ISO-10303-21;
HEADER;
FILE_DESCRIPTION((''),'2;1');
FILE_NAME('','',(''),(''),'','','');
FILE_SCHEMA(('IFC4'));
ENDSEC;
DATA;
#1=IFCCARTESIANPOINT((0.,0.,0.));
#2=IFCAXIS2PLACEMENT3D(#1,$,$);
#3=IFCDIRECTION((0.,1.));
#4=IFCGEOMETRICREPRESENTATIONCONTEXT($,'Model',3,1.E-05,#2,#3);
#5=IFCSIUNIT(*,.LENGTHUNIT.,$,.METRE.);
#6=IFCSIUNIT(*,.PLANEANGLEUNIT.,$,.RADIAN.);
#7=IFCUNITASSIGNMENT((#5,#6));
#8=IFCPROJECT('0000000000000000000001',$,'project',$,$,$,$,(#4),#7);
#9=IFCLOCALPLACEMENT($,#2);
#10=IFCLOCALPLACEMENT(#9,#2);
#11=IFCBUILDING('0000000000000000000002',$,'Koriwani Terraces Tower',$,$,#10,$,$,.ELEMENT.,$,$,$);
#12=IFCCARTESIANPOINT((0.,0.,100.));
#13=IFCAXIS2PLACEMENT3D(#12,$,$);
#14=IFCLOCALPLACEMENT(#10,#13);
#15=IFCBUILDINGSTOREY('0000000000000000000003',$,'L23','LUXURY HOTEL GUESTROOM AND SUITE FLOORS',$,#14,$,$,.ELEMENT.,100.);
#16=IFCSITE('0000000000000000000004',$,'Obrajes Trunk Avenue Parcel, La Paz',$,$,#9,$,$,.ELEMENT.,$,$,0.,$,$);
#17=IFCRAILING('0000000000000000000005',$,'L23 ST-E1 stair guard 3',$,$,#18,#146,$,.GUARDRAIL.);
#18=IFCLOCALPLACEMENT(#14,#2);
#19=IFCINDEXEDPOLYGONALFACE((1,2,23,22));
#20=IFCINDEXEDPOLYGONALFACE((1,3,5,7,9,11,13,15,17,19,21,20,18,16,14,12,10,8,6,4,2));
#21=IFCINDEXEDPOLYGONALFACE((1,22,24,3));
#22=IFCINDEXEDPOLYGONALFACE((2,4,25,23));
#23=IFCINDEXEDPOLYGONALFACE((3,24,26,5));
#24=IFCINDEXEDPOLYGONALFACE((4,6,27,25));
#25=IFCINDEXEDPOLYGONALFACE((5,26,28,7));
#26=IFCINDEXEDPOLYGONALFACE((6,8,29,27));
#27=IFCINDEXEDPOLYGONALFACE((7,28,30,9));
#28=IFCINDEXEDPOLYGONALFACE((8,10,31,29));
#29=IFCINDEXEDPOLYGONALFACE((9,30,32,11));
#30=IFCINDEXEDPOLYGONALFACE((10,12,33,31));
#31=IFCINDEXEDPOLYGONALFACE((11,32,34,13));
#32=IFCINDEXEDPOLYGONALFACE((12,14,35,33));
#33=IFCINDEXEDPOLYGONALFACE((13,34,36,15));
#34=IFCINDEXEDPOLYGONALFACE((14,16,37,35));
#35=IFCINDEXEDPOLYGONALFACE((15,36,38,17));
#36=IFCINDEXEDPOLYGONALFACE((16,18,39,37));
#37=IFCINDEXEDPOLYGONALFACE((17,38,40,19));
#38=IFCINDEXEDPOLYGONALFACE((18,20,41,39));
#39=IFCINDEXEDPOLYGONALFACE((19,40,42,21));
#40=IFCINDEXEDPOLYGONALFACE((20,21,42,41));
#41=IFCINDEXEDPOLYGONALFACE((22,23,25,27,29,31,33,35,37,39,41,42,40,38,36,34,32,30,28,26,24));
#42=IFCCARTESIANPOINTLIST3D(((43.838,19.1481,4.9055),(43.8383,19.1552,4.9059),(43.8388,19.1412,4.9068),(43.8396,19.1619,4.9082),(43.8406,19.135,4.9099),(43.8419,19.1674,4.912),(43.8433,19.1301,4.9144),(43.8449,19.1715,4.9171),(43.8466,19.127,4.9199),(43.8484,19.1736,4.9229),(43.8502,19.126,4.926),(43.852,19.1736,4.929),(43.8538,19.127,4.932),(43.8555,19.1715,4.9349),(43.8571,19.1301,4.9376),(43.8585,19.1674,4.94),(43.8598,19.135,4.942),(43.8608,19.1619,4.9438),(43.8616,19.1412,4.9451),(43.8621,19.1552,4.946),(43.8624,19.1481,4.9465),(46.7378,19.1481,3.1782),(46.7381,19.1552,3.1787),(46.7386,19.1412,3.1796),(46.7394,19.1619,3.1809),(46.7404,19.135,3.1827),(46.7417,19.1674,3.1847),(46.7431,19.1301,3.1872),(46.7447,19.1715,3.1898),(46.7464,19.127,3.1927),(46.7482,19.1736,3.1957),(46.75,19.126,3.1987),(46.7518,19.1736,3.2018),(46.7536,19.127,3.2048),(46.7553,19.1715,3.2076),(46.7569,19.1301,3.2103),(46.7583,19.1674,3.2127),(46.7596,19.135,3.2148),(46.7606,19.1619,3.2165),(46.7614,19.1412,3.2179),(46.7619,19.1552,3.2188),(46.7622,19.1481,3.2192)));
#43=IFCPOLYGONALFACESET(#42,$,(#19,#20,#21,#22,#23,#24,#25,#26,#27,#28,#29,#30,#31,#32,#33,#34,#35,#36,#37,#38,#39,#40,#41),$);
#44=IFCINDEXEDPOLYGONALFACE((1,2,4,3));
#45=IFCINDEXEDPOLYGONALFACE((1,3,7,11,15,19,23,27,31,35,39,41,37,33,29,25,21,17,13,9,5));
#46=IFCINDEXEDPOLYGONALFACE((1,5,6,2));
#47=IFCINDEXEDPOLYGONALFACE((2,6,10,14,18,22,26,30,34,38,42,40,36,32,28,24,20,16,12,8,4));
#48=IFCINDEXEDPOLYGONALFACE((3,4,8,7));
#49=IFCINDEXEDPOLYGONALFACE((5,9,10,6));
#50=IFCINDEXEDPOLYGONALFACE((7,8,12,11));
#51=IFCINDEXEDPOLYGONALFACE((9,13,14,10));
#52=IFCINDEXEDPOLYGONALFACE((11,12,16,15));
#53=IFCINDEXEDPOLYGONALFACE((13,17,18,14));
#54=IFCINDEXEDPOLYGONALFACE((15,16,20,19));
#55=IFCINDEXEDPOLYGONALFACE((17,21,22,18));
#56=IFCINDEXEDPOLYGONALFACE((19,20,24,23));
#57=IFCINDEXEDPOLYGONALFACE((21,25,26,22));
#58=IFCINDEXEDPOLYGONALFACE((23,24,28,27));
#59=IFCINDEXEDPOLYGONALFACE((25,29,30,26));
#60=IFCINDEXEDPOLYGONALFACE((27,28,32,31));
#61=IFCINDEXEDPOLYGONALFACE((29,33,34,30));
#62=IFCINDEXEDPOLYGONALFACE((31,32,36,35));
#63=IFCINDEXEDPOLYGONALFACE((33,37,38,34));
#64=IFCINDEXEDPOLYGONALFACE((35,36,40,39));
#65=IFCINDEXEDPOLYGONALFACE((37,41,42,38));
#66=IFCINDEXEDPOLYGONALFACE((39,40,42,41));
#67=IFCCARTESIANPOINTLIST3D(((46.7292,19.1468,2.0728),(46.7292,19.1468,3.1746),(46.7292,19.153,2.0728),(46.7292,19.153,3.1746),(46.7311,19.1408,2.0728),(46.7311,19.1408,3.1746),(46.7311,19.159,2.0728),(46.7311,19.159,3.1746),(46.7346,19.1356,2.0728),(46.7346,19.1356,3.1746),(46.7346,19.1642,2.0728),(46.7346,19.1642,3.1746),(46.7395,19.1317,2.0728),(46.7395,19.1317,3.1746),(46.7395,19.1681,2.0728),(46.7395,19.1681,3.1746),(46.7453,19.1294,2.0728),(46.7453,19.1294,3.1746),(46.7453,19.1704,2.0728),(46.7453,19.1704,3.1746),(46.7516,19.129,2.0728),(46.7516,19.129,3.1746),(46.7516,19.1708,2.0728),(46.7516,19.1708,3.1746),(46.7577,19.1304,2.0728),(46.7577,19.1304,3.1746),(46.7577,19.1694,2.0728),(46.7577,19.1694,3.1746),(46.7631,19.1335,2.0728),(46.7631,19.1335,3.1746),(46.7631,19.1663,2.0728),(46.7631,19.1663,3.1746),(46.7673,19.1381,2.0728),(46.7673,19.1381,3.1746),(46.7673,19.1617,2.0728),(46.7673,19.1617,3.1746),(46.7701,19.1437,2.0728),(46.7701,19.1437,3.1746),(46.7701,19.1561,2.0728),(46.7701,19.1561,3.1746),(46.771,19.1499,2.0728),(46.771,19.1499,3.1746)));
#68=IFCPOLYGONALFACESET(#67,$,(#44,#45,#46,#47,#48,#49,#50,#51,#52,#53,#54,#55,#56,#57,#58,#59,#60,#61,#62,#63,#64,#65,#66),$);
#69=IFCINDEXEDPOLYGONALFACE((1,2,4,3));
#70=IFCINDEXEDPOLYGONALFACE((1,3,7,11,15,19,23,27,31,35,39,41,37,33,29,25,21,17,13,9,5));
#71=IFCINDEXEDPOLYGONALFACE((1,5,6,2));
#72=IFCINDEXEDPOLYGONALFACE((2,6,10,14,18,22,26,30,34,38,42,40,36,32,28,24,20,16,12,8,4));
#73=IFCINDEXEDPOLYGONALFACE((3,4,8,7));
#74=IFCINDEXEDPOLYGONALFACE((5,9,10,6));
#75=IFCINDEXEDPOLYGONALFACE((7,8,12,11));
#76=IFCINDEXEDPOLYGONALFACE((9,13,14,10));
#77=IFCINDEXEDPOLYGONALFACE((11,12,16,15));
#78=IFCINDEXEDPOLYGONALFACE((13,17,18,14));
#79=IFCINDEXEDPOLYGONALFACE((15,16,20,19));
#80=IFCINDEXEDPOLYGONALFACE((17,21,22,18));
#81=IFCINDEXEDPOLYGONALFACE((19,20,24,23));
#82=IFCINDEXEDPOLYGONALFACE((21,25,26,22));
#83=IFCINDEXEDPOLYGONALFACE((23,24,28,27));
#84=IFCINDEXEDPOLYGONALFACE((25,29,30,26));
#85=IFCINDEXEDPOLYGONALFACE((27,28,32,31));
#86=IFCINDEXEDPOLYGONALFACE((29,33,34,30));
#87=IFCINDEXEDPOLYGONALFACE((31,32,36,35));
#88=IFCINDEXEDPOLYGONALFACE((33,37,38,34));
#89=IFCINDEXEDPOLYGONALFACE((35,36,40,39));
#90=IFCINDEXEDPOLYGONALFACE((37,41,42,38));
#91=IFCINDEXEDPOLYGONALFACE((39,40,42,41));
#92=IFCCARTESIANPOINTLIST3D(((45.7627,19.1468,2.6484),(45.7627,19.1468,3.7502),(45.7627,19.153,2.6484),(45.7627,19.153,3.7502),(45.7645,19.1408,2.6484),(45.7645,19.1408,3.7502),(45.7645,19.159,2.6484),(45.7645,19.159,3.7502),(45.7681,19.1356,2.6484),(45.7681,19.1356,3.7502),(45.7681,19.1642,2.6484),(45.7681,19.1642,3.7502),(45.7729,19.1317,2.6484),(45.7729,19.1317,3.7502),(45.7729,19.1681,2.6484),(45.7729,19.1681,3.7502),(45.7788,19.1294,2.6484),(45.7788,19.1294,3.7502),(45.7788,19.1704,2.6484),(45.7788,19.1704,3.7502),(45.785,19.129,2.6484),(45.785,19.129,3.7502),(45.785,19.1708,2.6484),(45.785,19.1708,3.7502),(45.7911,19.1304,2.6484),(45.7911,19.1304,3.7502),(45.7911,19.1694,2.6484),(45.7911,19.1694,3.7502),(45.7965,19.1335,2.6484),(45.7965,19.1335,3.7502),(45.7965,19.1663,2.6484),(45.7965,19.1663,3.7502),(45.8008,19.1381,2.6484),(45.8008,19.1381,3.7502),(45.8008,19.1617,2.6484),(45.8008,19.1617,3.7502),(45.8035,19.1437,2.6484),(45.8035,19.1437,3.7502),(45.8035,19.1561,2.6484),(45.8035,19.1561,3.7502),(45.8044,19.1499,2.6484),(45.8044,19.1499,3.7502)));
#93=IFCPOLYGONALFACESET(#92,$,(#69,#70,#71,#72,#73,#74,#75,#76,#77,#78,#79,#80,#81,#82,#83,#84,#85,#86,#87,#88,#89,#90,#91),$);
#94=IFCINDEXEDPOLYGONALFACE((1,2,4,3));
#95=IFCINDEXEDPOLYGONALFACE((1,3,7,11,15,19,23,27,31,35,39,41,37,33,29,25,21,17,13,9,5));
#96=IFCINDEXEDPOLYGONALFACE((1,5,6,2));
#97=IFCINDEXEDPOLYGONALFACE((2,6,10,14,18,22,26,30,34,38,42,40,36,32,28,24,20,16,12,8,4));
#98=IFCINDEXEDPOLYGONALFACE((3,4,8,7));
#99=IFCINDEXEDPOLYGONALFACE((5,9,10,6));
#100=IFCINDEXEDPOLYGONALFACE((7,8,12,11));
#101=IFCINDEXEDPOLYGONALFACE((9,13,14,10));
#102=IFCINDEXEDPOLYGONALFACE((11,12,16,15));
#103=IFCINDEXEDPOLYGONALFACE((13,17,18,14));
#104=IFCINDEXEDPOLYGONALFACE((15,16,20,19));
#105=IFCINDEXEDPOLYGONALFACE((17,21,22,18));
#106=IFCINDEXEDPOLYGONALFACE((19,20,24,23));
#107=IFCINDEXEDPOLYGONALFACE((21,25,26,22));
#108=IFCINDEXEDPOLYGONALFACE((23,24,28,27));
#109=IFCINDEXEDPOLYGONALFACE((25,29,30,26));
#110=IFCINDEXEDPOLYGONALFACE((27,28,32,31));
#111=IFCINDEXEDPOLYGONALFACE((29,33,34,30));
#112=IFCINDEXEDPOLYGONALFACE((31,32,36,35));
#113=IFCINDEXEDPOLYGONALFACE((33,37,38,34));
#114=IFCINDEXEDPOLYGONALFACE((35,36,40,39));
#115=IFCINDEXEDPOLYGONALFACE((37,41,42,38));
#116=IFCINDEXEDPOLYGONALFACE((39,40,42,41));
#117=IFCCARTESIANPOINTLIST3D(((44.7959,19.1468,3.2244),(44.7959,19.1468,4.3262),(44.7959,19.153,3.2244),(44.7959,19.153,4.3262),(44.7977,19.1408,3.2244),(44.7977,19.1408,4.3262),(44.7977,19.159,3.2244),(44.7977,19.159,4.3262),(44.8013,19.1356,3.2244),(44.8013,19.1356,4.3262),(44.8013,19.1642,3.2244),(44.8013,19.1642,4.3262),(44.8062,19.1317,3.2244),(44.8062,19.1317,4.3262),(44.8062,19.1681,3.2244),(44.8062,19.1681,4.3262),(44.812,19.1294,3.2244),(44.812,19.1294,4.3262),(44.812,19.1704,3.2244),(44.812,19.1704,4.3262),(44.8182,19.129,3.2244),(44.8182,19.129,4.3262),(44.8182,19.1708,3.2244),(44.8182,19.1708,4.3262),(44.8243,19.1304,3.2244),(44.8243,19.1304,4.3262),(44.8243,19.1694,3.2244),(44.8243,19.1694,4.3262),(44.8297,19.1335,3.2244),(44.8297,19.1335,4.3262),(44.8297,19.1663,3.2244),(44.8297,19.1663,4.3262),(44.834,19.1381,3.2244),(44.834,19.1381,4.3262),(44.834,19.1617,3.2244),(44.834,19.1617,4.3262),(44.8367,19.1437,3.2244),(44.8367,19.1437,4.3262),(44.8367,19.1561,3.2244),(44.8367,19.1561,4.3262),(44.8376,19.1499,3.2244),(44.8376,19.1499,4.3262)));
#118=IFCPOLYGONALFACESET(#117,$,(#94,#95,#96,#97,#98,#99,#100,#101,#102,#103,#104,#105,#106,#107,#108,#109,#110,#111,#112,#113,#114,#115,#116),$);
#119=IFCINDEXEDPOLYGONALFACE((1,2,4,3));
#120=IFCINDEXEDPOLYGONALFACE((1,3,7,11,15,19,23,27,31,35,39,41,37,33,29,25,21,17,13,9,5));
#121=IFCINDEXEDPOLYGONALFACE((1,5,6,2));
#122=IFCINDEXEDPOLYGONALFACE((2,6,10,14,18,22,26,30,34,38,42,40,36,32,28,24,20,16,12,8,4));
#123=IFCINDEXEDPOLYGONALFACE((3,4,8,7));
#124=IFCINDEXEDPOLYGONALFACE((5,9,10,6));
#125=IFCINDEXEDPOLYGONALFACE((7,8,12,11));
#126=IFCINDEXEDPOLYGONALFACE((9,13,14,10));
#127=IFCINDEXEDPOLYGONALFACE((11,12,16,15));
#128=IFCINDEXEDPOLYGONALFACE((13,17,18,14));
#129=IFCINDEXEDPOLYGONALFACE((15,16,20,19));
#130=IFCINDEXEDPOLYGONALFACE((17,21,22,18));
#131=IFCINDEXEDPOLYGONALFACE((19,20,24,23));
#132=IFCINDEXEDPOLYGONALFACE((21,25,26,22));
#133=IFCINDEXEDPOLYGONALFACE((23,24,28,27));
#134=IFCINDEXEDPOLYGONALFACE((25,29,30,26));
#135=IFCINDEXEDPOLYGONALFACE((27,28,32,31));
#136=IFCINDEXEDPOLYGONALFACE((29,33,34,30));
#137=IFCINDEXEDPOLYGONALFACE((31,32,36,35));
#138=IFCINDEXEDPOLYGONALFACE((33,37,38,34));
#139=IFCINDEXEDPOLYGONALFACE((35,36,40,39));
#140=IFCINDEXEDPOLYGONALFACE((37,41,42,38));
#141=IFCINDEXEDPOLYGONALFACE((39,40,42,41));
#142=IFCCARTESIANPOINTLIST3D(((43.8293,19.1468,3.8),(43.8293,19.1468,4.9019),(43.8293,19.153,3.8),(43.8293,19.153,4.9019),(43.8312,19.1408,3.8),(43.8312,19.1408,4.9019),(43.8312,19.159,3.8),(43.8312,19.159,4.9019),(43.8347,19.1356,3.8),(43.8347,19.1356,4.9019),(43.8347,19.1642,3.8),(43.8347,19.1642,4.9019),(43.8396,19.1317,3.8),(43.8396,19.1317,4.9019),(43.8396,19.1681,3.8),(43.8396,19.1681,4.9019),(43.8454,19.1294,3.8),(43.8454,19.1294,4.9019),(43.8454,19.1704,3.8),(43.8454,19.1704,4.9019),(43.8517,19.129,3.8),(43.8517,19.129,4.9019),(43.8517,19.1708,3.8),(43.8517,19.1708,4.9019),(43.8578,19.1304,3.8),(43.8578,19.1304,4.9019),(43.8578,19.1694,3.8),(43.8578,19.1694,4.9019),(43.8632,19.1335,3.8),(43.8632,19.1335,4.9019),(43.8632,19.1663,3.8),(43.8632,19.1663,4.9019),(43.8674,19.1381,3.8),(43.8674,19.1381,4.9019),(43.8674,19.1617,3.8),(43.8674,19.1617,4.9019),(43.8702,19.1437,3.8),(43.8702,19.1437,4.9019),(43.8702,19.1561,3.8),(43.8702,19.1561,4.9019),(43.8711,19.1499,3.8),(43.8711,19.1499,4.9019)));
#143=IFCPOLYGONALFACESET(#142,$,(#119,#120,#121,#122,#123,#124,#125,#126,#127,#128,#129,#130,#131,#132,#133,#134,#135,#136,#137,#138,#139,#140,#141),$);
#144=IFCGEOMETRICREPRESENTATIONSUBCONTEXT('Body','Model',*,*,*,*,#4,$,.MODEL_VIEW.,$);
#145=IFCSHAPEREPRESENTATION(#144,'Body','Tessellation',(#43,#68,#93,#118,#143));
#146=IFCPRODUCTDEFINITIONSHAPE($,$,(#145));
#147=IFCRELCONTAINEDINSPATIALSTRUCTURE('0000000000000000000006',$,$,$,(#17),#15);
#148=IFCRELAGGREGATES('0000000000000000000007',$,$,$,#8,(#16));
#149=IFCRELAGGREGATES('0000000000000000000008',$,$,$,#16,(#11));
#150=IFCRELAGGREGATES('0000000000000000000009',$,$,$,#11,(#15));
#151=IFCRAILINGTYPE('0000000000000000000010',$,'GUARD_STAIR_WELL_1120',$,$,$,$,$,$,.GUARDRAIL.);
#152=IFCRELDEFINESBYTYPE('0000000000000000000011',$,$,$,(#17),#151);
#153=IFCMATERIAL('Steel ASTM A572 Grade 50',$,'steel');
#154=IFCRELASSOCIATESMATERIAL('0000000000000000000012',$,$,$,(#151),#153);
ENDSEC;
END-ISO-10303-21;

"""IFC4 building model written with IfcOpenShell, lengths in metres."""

from ifc_helpers import new_model, si_unit, direction, frame, origin, origin_2d, place, context, subcontext, project, spatial, circle, extrude, material, type_object, element, save


model = new_model("IFC4")

# Units and contexts
model_context = context("Model", 3, precision=1e-05, world=origin(), true_north=direction((0.0, 1.0)))
body_context = subcontext(model_context, "Body", "Model", "MODEL_VIEW")
ifc_project = project(units=[si_unit("LENGTHUNIT", "METRE"), si_unit("PLANEANGLEUNIT", "RADIAN")], contexts=[model_context])

# Site, building, storey
site_placement = place(None, origin())
site = spatial("IfcSite", under=ifc_project, at=site_placement, Name="Obrajes Trunk Avenue Parcel, La Paz", CompositionType="ELEMENT", RefElevation=0.0)
building_placement = place(site_placement, origin())
building = spatial("IfcBuilding", under=site, at=building_placement, Name="Koriwani Terraces Tower", CompositionType="ELEMENT")
storey_placement = place(building_placement, frame((0.0, 0.0, 100.0)))
storey = spatial("IfcBuildingStorey", under=building, at=storey_placement, Name="L23", Description="LUXURY HOTEL GUESTROOM AND SUITE FLOORS", CompositionType="ELEMENT", Elevation=100.0)

# Shared definitions
ifc_material_1 = material(Name="Steel ASTM A572 Grade 50", Category="steel")

# Railing
railing_type_1 = type_object("IfcRailingType", Name="GUARD_STAIR_WELL_1120", PredefinedType="GUARDRAIL", material=ifc_material_1)
railing_1_placement = place(storey_placement, frame((46.75, 19.1499, 2.0728)))
element("IfcRailing", 1, at=railing_1_placement, inside=storey, type_object=railing_type_1, Name="L23 ST-E1 stair guard 3", PredefinedType="GUARDRAIL", context=body_context, shape_type="SweptSolid", body=[
    extrude(circle(Radius=0.0239, at=origin_2d()), frame((0.0, 0.0, 1.126), z_axis=(-0.859141, 0.0, 0.511738), x_axis=(0.0, -1.0, 0.0)), (0.0, 0.0, 1.0), 3.3752),
    extrude(circle(Radius=0.021, at=origin_2d()), origin(), (0.0, 0.0, 1.0), 1.1018),
    extrude(circle(Radius=0.021, at=origin_2d()), frame((-0.9666, 0.0, 0.5757)), (0.0, 0.0, 1.0), 1.1018),
    extrude(circle(Radius=0.021, at=origin_2d()), frame((-1.9333, 0.0, 1.1516)), (0.0, 0.0, 1.0), 1.1018),
    extrude(circle(Radius=0.021, at=origin_2d()), frame((-2.8999, 0.0, 1.7273)), (0.0, 0.0, 1.0), 1.1018),
])

save(model, "model.ifc")
